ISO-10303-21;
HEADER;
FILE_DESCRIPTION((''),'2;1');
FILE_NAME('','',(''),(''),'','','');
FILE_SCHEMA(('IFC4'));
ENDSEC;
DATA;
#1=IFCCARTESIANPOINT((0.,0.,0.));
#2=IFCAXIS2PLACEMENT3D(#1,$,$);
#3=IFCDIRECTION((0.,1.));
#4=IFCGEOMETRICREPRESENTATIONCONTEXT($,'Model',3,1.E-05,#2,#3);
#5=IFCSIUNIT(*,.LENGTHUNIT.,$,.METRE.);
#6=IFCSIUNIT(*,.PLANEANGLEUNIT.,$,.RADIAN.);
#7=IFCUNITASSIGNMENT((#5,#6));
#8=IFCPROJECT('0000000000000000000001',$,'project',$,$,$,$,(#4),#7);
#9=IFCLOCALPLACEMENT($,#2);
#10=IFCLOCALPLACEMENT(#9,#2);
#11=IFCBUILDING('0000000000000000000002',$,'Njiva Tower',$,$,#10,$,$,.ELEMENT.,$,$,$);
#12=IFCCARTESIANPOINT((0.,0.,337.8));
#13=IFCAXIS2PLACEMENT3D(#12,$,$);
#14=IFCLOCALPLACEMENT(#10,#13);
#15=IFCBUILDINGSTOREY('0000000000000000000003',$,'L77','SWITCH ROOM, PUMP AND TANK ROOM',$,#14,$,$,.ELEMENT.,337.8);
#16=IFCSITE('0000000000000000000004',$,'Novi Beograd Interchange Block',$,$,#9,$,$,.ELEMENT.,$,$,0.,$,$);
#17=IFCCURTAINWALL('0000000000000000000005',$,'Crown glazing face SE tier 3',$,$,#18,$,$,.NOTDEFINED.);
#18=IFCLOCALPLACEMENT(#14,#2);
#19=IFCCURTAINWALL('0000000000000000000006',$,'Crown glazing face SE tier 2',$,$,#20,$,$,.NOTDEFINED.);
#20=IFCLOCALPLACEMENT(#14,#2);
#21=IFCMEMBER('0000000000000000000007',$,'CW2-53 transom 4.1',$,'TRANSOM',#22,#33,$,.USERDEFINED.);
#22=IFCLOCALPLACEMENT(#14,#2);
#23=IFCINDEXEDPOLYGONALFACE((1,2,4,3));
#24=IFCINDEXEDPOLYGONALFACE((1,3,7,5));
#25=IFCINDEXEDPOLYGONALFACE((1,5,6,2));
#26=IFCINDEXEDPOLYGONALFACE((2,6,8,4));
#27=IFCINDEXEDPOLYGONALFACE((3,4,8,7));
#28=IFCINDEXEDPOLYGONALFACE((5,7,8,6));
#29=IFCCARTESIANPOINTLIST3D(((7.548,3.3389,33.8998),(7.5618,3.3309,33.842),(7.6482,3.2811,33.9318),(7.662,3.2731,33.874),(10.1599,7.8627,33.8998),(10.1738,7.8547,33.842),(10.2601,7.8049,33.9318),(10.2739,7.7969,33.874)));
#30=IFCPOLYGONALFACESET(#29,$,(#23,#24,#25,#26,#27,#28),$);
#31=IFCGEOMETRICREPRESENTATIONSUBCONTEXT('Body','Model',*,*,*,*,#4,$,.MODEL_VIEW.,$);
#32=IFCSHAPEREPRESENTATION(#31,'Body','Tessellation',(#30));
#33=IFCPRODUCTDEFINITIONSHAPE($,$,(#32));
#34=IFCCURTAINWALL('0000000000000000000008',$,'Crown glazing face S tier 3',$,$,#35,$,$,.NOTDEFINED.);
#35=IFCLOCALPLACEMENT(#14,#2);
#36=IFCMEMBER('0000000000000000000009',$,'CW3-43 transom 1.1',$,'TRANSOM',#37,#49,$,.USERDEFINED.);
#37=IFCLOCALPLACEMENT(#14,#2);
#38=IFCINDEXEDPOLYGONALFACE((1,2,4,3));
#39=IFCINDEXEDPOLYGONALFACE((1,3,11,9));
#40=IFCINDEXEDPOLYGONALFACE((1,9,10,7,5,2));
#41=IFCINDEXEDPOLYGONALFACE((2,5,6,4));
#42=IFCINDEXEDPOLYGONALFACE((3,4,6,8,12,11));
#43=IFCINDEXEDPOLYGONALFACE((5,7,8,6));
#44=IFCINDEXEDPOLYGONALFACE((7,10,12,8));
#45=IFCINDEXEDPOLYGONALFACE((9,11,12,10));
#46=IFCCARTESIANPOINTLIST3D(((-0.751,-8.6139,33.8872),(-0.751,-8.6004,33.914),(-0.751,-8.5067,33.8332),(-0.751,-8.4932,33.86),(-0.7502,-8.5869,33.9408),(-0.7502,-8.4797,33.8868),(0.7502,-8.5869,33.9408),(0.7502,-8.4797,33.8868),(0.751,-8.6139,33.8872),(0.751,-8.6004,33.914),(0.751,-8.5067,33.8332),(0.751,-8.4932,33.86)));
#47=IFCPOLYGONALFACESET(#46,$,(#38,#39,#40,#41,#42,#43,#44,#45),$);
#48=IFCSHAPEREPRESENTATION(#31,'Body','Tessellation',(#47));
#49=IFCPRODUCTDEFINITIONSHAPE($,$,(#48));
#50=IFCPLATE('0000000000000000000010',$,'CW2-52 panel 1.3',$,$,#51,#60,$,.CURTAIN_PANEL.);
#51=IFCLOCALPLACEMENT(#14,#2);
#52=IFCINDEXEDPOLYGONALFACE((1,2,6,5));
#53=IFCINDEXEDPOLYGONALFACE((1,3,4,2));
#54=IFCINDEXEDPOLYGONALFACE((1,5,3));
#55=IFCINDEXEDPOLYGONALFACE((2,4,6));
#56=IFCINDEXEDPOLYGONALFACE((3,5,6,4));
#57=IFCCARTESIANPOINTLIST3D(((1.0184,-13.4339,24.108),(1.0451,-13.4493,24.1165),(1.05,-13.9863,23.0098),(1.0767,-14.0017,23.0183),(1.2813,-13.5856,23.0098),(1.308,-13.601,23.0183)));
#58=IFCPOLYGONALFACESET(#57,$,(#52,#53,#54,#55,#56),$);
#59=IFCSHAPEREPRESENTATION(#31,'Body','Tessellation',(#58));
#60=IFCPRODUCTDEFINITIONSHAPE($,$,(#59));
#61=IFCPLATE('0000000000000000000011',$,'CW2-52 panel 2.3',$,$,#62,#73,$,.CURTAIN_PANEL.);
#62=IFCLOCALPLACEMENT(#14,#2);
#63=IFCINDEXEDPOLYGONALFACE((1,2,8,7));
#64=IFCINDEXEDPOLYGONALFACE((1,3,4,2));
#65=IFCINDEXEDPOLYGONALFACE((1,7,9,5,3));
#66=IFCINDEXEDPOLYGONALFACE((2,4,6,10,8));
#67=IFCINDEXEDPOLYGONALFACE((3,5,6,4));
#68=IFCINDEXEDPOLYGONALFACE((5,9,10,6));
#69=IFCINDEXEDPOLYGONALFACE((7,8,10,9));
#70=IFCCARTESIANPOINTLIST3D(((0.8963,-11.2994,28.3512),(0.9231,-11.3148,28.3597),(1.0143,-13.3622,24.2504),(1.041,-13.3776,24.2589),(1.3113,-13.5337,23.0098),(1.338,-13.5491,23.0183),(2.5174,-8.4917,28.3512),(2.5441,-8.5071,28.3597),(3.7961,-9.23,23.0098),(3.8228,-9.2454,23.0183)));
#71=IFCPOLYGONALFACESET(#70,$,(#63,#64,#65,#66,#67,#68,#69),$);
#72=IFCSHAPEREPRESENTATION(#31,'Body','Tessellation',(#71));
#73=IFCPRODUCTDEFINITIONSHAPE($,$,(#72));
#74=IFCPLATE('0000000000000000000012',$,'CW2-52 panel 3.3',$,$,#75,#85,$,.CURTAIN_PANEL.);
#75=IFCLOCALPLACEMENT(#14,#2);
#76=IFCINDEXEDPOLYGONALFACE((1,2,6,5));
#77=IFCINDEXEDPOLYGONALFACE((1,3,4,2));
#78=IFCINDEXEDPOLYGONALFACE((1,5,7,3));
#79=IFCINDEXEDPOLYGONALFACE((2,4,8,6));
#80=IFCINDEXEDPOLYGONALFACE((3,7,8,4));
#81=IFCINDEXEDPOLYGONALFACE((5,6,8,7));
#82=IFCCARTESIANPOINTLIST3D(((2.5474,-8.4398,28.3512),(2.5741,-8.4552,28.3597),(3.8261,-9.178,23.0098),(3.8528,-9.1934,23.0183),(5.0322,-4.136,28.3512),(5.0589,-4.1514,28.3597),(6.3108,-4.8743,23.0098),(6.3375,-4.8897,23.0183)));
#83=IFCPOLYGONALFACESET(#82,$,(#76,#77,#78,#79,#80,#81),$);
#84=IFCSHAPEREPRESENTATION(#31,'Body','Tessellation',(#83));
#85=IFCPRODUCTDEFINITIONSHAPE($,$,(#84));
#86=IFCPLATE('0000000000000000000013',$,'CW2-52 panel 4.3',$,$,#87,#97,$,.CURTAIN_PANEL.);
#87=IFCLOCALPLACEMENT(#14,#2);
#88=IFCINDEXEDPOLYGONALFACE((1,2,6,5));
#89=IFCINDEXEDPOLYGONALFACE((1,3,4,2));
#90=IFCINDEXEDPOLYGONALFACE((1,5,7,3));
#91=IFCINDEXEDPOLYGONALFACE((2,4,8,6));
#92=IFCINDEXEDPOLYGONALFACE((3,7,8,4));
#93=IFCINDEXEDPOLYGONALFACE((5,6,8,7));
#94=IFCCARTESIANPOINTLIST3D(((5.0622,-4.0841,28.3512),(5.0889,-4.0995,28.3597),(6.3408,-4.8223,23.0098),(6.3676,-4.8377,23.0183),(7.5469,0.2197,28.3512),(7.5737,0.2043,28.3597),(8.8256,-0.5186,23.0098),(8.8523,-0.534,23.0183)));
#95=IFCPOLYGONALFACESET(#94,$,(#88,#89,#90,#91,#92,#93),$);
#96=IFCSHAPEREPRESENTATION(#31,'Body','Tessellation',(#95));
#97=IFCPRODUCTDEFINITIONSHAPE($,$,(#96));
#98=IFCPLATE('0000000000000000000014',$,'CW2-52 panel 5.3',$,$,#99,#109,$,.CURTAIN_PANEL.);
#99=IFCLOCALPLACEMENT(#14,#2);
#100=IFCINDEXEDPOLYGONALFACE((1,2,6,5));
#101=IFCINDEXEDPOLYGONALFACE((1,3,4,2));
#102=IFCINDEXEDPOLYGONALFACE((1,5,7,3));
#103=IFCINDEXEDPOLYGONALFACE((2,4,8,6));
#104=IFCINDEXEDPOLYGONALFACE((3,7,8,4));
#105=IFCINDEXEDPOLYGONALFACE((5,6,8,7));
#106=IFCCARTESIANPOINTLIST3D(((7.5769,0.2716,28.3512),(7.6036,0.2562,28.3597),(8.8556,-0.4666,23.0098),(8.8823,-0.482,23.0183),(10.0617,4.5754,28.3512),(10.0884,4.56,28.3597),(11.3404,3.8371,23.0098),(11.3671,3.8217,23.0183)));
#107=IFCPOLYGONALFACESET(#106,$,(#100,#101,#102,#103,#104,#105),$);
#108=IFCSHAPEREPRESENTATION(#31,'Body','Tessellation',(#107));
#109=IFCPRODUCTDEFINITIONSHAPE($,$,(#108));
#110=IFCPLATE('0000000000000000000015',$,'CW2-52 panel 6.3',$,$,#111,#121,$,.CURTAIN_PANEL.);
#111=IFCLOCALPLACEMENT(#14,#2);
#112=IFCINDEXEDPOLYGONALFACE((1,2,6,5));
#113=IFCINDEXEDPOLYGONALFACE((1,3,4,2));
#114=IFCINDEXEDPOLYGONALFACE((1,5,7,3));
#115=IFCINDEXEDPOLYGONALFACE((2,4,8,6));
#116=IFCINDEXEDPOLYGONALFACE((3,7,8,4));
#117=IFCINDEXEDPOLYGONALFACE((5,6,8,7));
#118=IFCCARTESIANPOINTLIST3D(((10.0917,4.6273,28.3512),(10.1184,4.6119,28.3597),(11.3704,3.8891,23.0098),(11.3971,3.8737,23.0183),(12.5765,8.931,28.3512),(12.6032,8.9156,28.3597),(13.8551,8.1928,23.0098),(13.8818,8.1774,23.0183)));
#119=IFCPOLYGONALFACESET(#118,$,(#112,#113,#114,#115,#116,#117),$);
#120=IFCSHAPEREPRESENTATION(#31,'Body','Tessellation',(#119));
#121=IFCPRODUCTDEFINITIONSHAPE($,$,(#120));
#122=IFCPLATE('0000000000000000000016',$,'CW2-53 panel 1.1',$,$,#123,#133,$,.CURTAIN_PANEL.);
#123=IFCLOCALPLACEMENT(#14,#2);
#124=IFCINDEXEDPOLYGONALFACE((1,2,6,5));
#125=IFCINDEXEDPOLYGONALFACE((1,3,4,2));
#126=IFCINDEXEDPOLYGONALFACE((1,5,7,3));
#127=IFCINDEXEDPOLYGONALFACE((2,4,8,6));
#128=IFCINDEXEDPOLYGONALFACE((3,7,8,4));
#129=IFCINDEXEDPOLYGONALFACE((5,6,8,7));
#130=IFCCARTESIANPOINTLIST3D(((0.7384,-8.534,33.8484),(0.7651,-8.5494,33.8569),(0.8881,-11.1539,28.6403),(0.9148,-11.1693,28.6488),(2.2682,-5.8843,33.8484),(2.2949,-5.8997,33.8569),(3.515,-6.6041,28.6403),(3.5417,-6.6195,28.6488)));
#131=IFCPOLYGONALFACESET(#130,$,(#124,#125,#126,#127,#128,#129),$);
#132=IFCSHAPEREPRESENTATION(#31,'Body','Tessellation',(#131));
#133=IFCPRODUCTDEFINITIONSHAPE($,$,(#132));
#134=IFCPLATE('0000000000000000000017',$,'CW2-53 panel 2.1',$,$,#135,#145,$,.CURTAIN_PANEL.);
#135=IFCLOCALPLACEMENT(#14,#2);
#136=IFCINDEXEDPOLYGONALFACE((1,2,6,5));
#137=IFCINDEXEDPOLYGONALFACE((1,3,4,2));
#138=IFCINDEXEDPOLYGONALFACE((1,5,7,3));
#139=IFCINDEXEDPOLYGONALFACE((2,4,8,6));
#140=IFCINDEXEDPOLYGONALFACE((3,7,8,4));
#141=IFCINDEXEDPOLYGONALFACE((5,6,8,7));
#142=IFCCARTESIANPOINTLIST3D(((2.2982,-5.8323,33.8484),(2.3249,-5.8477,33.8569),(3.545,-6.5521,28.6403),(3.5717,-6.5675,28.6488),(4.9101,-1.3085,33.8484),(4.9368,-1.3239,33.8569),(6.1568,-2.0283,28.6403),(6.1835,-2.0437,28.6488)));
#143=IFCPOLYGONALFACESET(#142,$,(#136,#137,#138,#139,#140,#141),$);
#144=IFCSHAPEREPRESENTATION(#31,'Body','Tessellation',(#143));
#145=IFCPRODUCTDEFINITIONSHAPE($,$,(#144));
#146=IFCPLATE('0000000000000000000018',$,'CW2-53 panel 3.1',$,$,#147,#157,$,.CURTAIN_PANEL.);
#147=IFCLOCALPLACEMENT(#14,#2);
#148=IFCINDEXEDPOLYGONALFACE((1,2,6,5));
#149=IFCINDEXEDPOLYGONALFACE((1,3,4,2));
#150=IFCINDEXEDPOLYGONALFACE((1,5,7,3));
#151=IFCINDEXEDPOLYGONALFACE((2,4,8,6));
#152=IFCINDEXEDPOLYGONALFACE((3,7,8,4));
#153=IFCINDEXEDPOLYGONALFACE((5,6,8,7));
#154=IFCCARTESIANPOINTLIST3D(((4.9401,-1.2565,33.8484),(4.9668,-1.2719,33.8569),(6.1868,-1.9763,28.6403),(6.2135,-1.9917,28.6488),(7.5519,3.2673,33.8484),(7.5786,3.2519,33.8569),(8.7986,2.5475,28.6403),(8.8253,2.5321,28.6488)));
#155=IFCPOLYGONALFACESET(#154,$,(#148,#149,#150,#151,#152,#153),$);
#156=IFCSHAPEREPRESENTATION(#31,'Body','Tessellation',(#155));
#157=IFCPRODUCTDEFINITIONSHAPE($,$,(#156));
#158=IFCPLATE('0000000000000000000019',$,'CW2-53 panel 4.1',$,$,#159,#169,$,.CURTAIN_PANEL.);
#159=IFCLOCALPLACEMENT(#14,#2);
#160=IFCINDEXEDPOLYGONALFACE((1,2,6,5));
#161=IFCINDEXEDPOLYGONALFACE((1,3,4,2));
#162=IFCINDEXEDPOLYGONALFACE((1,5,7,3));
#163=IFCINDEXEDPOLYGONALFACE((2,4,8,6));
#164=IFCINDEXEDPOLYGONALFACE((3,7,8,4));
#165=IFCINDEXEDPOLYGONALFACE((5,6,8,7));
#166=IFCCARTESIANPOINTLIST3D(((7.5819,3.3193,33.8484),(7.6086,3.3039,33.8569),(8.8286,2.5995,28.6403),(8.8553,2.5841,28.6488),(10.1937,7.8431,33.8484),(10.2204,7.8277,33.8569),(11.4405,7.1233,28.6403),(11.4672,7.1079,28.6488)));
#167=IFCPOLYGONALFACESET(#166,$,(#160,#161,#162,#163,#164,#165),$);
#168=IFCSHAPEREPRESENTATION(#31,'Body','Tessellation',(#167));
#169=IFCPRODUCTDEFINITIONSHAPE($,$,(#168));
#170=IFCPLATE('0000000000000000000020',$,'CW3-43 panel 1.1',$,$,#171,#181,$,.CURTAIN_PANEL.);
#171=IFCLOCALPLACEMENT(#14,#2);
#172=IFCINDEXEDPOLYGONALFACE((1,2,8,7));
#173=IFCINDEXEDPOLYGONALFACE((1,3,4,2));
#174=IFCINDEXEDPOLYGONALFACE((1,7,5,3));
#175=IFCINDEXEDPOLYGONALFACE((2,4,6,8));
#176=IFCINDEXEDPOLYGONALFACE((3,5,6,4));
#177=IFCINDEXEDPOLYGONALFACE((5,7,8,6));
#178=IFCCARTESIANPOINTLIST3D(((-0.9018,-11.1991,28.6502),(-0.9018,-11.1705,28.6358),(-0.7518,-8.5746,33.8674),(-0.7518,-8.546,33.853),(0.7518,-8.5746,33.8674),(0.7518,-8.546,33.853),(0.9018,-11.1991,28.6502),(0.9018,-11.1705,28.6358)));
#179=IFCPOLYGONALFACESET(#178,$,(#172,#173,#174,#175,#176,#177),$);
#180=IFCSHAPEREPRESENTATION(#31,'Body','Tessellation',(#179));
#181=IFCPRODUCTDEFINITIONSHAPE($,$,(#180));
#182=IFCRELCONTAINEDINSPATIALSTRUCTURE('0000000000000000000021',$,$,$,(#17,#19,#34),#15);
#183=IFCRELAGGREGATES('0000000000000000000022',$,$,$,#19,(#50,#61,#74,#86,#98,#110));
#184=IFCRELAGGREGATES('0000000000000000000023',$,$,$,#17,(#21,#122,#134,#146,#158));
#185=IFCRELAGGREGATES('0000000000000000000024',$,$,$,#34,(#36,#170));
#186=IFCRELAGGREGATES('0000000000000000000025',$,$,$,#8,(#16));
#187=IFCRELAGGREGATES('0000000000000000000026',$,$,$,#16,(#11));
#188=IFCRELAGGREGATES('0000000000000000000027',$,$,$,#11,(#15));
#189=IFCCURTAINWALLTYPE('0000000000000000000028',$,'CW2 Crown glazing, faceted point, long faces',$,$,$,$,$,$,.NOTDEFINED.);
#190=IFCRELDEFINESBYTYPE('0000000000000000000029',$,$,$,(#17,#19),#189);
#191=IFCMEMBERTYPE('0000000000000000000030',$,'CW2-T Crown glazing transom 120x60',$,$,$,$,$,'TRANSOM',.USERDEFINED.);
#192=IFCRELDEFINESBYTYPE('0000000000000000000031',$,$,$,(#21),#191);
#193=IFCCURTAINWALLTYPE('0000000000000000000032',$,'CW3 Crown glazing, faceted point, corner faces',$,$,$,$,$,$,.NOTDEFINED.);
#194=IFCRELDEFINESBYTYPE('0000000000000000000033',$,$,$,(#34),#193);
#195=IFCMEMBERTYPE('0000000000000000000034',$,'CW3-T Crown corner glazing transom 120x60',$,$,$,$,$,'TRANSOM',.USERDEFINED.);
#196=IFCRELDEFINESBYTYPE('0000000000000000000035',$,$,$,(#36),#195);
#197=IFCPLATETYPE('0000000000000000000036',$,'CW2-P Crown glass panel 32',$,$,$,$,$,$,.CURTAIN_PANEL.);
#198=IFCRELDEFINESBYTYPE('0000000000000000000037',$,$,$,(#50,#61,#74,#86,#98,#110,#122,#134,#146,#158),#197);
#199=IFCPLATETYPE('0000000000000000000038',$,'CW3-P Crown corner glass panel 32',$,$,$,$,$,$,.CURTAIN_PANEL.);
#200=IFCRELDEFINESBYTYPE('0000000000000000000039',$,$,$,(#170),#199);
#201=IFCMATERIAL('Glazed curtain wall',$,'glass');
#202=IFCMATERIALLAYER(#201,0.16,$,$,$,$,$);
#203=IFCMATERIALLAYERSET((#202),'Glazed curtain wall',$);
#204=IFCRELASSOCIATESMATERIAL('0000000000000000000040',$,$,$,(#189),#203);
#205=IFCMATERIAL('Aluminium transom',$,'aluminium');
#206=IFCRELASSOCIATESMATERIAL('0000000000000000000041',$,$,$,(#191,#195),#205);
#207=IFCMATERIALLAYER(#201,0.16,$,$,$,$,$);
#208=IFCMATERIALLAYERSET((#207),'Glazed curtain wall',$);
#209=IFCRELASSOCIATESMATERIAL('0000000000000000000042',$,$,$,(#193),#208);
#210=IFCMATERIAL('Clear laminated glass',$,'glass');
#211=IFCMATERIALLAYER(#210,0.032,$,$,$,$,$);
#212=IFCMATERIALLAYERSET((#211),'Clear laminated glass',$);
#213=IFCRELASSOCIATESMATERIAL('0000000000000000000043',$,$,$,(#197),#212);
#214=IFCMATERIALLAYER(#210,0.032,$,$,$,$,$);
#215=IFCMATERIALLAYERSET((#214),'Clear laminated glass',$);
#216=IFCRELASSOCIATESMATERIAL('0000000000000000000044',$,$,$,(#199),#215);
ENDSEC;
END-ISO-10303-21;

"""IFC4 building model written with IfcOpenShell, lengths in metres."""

from ifc_helpers import new_model, si_unit, direction, frame, origin, origin_2d, place, context, subcontext, project, spatial, polyline, rectangle, outline, extrude, clip, halfspace, material, layer, layer_set, material_profile, profile_set, type_object, element, aggregate, save


model = new_model("IFC4")

# Units and contexts
model_context = context("Model", 3, precision=1e-05, world=origin(), true_north=direction((0.0, 1.0)))
body_context = subcontext(model_context, "Body", "Model", "MODEL_VIEW")
ifc_project = project(units=[si_unit("LENGTHUNIT", "METRE"), si_unit("PLANEANGLEUNIT", "RADIAN")], contexts=[model_context])

# Site, building, storey
site_placement = place(None, origin())
site = spatial("IfcSite", under=ifc_project, at=site_placement, Name="Novi Beograd Interchange Block", CompositionType="ELEMENT", RefElevation=0.0)
building_placement = place(site_placement, origin())
building = spatial("IfcBuilding", under=site, at=building_placement, Name="Njiva Tower", CompositionType="ELEMENT")
storey_placement = place(building_placement, frame((0.0, 0.0, 337.8)))
storey = spatial("IfcBuildingStorey", under=building, at=storey_placement, Name="L77", Description="SWITCH ROOM, PUMP AND TANK ROOM", CompositionType="ELEMENT", Elevation=337.8)

# Curtain walls
ifc_material_1 = material(Name="Glazed curtain wall", Category="glass")
ifc_layer_1 = layer(ifc_material_1, 0.16)
ifc_layer_set_1 = layer_set([ifc_layer_1], Name="Glazed curtain wall")
curtain_wall_type_1 = type_object("IfcCurtainWallType", Name="CW2 Crown glazing, faceted point, long faces", PredefinedType="NOTDEFINED", material=ifc_layer_set_1)
curtain_wall_1_placement = place(storey_placement, origin())
curtain_wall_1 = element("IfcCurtainWall", 1, at=curtain_wall_1_placement, inside=storey, type_object=curtain_wall_type_1, Name="Crown glazing face SE tier 3", PredefinedType="NOTDEFINED")
curtain_wall_2_placement = place(storey_placement, origin())
curtain_wall_2 = element("IfcCurtainWall", 2, at=curtain_wall_2_placement, inside=storey, type_object=curtain_wall_type_1, Name="Crown glazing face SE tier 2", PredefinedType="NOTDEFINED")
ifc_material_2 = material(Name="Aluminium transom", Category="aluminium")
ifc_material_profile_1 = material_profile(ifc_material_2, rectangle(XDim=0.12, YDim=0.06, at=origin_2d()), Name="RECT 120x60")
ifc_profile_set_1 = profile_set([ifc_material_profile_1], Name="Aluminium transom")
member_type_1 = type_object("IfcMemberType", Name="CW2-T Crown glazing transom 120x60", ElementType="TRANSOM", PredefinedType="USERDEFINED", material=ifc_profile_set_1)

# Member
member_1_placement = place(storey_placement, frame((7.605, 3.306, 33.8869), z_axis=(0.500012, 0.866019, 0.0), x_axis=(0.834716, -0.481939, 0.266428)))
member_1 = element("IfcMember", 3, at=member_1_placement, type_object=member_type_1, Name="CW2-53 transom 4.1", ObjectType="TRANSOM", PredefinedType="USERDEFINED", context=body_context, shape_type="SweptSolid", body=[
    extrude(rectangle(XDim=0.12, YDim=0.06, at=origin_2d()), origin(), (0.0, 0.0, 1.0), 5.2237),
])

# Curtain wall, member
ifc_layer_2 = layer(ifc_material_1, 0.16)
ifc_layer_set_2 = layer_set([ifc_layer_2], Name="Glazed curtain wall")
curtain_wall_type_2 = type_object("IfcCurtainWallType", Name="CW3 Crown glazing, faceted point, corner faces", PredefinedType="NOTDEFINED", material=ifc_layer_set_2)
curtain_wall_3_placement = place(storey_placement, origin())
curtain_wall_3 = element("IfcCurtainWall", 4, at=curtain_wall_3_placement, inside=storey, type_object=curtain_wall_type_2, Name="Crown glazing face S tier 3", PredefinedType="NOTDEFINED")
ifc_material_profile_2 = material_profile(ifc_material_2, rectangle(XDim=0.12, YDim=0.06, at=origin_2d()), Name="RECT 120x60")
ifc_profile_set_2 = profile_set([ifc_material_profile_2], Name="Aluminium transom")
member_type_2 = type_object("IfcMemberType", Name="CW3-T Crown corner glazing transom 120x60", ElementType="TRANSOM", PredefinedType="USERDEFINED", material=ifc_profile_set_2)
member_2_placement = place(storey_placement, frame((-0.751, -8.5468, 33.887), z_axis=(1.0, 0.0, 0.0), x_axis=(0.0, -0.893337, 0.449387)))
member_2 = element("IfcMember", 5, at=member_2_placement, type_object=member_type_2, Name="CW3-43 transom 1.1", ObjectType="TRANSOM", PredefinedType="USERDEFINED", context=body_context, shape_type="Clipping", body=[
    clip(clip(extrude(rectangle(XDim=0.12, YDim=0.06, at=origin_2d()), origin(), (0.0, 0.0, 1.0), 1.502), halfspace(frame((0.06, 0.0, 0.0), z_axis=(0.0, -0.025675, -0.99967), x_axis=(0.0, -0.99967, 0.025675)), False)), halfspace(frame((0.06, 0.0, 1.502), z_axis=(0.0, -0.025675, 0.99967), x_axis=(0.0, 0.99967, 0.025675)), False)),
])

# Plates
ifc_material_3 = material(Name="Clear laminated glass", Category="glass")
ifc_layer_3 = layer(ifc_material_3, 0.032)
ifc_layer_set_3 = layer_set([ifc_layer_3], Name="Clear laminated glass")
plate_type_1 = type_object("IfcPlateType", Name="CW2-P Crown glass panel 32", PredefinedType="CURTAIN_PANEL", material=ifc_layer_set_3)
plate_1_placement = place(storey_placement, frame((1.0767, -14.0017, 23.0183), z_axis=(0.83477, -0.481862, 0.266399), x_axis=(0.499928, 0.866067, 0.0)))
plate_1 = element("IfcPlate", 6, at=plate_1_placement, type_object=plate_type_1, Name="CW2-52 panel 1.3", PredefinedType="CURTAIN_PANEL", context=body_context, shape_type="SweptSolid", body=[
    extrude(outline(polyline([(0.0, 0.0), (0.4627, 0.0), (0.4626, 1.1394), (0.0, 0.0)])), origin(), (0.0, 0.0, -1.0), 0.032),
])
plate_2_placement = place(storey_placement, frame((1.041, -13.3776, 24.2589), z_axis=(0.834718, -0.481932, 0.266435), x_axis=(0.230731, -0.133233, -0.963853)))
plate_2 = element("IfcPlate", 7, at=plate_2_placement, type_object=plate_type_1, Name="CW2-52 panel 2.3", PredefinedType="CURTAIN_PANEL", context=body_context, shape_type="SweptSolid", body=[
    extrude(outline(polyline([(0.0, 0.0), (1.2871, 0.0), (1.2871, 4.9695), (-4.2547, 4.9694), (-4.2546, 1.7274), (0.0, 0.0)])), origin(), (0.0, 0.0, -1.0), 0.032),
])
plate_3_placement = place(storey_placement, frame((2.5741, -8.4552, 28.3597), z_axis=(0.834724, -0.481924, 0.266428), x_axis=(0.230738, -0.133206, -0.963855)))
plate_3 = element("IfcPlate", 8, at=plate_3_placement, type_object=plate_type_1, Name="CW2-52 panel 3.3", PredefinedType="CURTAIN_PANEL", context=body_context, shape_type="SweptSolid", body=[
    extrude(outline(polyline([(0.0, 0.0), (5.5417, 0.0), (5.5417, 4.9695), (0.0, 4.9696), (0.0, 0.0)])), origin(), (0.0, 0.0, -1.0), 0.032),
])
plate_4_placement = place(storey_placement, frame((5.0889, -4.0995, 28.3597), z_axis=(0.834724, -0.481924, 0.266428), x_axis=(0.230734, -0.133214, -0.963855)))
plate_4 = element("IfcPlate", 9, at=plate_4_placement, type_object=plate_type_1, Name="CW2-52 panel 4.3", PredefinedType="CURTAIN_PANEL", context=body_context, shape_type="SweptSolid", body=[
    extrude(outline(polyline([(0.0, 0.0), (5.5417, 0.0), (5.5417, 4.9695), (0.0, 4.9696), (0.0, 0.0)])), origin(), (0.0, 0.0, -1.0), 0.032),
])
plate_5_placement = place(storey_placement, frame((7.6036, 0.2562, 28.3597), z_axis=(0.834718, -0.481931, 0.266436), x_axis=(0.230745, -0.13321, -0.963853)))
plate_5 = element("IfcPlate", 10, at=plate_5_placement, type_object=plate_type_1, Name="CW2-52 panel 5.3", PredefinedType="CURTAIN_PANEL", context=body_context, shape_type="SweptSolid", body=[
    extrude(outline(polyline([(0.0, 0.0), (5.5417, 0.0), (5.5418, 4.9695), (0.0, 4.9696), (0.0, 0.0)])), origin(), (0.0, 0.0, -1.0), 0.032),
])
plate_6_placement = place(storey_placement, frame((10.1184, 4.6119, 28.3597), z_axis=(0.834723, -0.481929, 0.266424), x_axis=(0.230735, -0.133204, -0.963856)))
plate_6 = element("IfcPlate", 11, at=plate_6_placement, type_object=plate_type_1, Name="CW2-52 panel 6.3", PredefinedType="CURTAIN_PANEL", context=body_context, shape_type="SweptSolid", body=[
    extrude(outline(polyline([(0.0, 0.0), (5.5417, 0.0), (5.5417, 4.9695), (0.0001, 4.9695), (0.0, 0.0)])), origin(), (0.0, 0.0, -1.0), 0.032),
])
aggregate(curtain_wall_2, [plate_1, plate_2, plate_3, plate_4, plate_5, plate_6])
plate_7_placement = place(storey_placement, frame((3.5417, -6.6195, 28.6488), z_axis=(0.834719, -0.481933, 0.266431), x_axis=(-0.230739, 0.13321, 0.963854)))
plate_7 = element("IfcPlate", 12, at=plate_7_placement, type_object=plate_type_1, Name="CW2-53 panel 1.1", PredefinedType="CURTAIN_PANEL", context=body_context, shape_type="SweptSolid", body=[
    extrude(outline(polyline([(0.0, 0.0), (5.4034, 0.0), (5.4034, 3.0596), (0.0001, 5.2537), (0.0, 0.0)])), origin(), (0.0, 0.0, -1.0), 0.032),
])
plate_8_placement = place(storey_placement, frame((6.1835, -2.0437, 28.6488), z_axis=(0.83472, -0.481932, 0.266428), x_axis=(-0.230732, 0.133216, 0.963855)))
plate_8 = element("IfcPlate", 13, at=plate_8_placement, type_object=plate_type_1, Name="CW2-53 panel 2.1", PredefinedType="CURTAIN_PANEL", context=body_context, shape_type="SweptSolid", body=[
    extrude(outline(polyline([(0.0, 0.0), (5.4034, 0.0), (5.4034, 5.2237), (0.0, 5.2236), (0.0, 0.0)])), origin(), (0.0, 0.0, -1.0), 0.032),
])
plate_9_placement = place(storey_placement, frame((8.8253, 2.5321, 28.6488), z_axis=(0.834726, -0.481926, 0.26642), x_axis=(-0.230725, 0.133213, 0.963857)))
plate_9 = element("IfcPlate", 14, at=plate_9_placement, type_object=plate_type_1, Name="CW2-53 panel 3.1", PredefinedType="CURTAIN_PANEL", context=body_context, shape_type="SweptSolid", body=[
    extrude(outline(polyline([(0.0, 0.0), (5.4034, 0.0), (5.4034, 5.2236), (0.0, 5.2236), (0.0, 0.0)])), origin(), (0.0, 0.0, -1.0), 0.032),
])
plate_10_placement = place(storey_placement, frame((11.4672, 7.1079, 28.6488), z_axis=(0.83472, -0.481932, 0.266428), x_axis=(-0.230736, 0.133208, 0.963855)))
plate_10 = element("IfcPlate", 15, at=plate_10_placement, type_object=plate_type_1, Name="CW2-53 panel 4.1", PredefinedType="CURTAIN_PANEL", context=body_context, shape_type="SweptSolid", body=[
    extrude(outline(polyline([(0.0, 0.0), (5.4034, 0.0), (5.4034, 5.2236), (0.0001, 5.2237), (0.0, 0.0)])), origin(), (0.0, 0.0, -1.0), 0.032),
])
aggregate(curtain_wall_1, [member_1, plate_7, plate_8, plate_9, plate_10])
ifc_layer_4 = layer(ifc_material_3, 0.032)
ifc_layer_set_4 = layer_set([ifc_layer_4], Name="Clear laminated glass")
plate_type_2 = type_object("IfcPlateType", Name="CW3-P Crown corner glass panel 32", PredefinedType="CURTAIN_PANEL", material=ifc_layer_set_4)
plate_11_placement = place(storey_placement, frame((0.7518, -8.5746, 33.8674), z_axis=(0.0, -0.893336, 0.44939), x_axis=(-1.0, 0.0, 0.0)))
plate_11 = element("IfcPlate", 16, at=plate_11_placement, type_object=plate_type_2, Name="CW3-43 panel 1.1", PredefinedType="CURTAIN_PANEL", context=body_context, shape_type="SweptSolid", body=[
    extrude(outline(polyline([(0.0, 0.0), (1.5036, 0.0), (1.6536, 5.8401), (-0.15, 5.8401), (0.0, 0.0)])), origin(), (0.0, 0.0, -1.0), 0.032),
])
aggregate(curtain_wall_3, [member_2, plate_11])

save(model, "model.ifc")
